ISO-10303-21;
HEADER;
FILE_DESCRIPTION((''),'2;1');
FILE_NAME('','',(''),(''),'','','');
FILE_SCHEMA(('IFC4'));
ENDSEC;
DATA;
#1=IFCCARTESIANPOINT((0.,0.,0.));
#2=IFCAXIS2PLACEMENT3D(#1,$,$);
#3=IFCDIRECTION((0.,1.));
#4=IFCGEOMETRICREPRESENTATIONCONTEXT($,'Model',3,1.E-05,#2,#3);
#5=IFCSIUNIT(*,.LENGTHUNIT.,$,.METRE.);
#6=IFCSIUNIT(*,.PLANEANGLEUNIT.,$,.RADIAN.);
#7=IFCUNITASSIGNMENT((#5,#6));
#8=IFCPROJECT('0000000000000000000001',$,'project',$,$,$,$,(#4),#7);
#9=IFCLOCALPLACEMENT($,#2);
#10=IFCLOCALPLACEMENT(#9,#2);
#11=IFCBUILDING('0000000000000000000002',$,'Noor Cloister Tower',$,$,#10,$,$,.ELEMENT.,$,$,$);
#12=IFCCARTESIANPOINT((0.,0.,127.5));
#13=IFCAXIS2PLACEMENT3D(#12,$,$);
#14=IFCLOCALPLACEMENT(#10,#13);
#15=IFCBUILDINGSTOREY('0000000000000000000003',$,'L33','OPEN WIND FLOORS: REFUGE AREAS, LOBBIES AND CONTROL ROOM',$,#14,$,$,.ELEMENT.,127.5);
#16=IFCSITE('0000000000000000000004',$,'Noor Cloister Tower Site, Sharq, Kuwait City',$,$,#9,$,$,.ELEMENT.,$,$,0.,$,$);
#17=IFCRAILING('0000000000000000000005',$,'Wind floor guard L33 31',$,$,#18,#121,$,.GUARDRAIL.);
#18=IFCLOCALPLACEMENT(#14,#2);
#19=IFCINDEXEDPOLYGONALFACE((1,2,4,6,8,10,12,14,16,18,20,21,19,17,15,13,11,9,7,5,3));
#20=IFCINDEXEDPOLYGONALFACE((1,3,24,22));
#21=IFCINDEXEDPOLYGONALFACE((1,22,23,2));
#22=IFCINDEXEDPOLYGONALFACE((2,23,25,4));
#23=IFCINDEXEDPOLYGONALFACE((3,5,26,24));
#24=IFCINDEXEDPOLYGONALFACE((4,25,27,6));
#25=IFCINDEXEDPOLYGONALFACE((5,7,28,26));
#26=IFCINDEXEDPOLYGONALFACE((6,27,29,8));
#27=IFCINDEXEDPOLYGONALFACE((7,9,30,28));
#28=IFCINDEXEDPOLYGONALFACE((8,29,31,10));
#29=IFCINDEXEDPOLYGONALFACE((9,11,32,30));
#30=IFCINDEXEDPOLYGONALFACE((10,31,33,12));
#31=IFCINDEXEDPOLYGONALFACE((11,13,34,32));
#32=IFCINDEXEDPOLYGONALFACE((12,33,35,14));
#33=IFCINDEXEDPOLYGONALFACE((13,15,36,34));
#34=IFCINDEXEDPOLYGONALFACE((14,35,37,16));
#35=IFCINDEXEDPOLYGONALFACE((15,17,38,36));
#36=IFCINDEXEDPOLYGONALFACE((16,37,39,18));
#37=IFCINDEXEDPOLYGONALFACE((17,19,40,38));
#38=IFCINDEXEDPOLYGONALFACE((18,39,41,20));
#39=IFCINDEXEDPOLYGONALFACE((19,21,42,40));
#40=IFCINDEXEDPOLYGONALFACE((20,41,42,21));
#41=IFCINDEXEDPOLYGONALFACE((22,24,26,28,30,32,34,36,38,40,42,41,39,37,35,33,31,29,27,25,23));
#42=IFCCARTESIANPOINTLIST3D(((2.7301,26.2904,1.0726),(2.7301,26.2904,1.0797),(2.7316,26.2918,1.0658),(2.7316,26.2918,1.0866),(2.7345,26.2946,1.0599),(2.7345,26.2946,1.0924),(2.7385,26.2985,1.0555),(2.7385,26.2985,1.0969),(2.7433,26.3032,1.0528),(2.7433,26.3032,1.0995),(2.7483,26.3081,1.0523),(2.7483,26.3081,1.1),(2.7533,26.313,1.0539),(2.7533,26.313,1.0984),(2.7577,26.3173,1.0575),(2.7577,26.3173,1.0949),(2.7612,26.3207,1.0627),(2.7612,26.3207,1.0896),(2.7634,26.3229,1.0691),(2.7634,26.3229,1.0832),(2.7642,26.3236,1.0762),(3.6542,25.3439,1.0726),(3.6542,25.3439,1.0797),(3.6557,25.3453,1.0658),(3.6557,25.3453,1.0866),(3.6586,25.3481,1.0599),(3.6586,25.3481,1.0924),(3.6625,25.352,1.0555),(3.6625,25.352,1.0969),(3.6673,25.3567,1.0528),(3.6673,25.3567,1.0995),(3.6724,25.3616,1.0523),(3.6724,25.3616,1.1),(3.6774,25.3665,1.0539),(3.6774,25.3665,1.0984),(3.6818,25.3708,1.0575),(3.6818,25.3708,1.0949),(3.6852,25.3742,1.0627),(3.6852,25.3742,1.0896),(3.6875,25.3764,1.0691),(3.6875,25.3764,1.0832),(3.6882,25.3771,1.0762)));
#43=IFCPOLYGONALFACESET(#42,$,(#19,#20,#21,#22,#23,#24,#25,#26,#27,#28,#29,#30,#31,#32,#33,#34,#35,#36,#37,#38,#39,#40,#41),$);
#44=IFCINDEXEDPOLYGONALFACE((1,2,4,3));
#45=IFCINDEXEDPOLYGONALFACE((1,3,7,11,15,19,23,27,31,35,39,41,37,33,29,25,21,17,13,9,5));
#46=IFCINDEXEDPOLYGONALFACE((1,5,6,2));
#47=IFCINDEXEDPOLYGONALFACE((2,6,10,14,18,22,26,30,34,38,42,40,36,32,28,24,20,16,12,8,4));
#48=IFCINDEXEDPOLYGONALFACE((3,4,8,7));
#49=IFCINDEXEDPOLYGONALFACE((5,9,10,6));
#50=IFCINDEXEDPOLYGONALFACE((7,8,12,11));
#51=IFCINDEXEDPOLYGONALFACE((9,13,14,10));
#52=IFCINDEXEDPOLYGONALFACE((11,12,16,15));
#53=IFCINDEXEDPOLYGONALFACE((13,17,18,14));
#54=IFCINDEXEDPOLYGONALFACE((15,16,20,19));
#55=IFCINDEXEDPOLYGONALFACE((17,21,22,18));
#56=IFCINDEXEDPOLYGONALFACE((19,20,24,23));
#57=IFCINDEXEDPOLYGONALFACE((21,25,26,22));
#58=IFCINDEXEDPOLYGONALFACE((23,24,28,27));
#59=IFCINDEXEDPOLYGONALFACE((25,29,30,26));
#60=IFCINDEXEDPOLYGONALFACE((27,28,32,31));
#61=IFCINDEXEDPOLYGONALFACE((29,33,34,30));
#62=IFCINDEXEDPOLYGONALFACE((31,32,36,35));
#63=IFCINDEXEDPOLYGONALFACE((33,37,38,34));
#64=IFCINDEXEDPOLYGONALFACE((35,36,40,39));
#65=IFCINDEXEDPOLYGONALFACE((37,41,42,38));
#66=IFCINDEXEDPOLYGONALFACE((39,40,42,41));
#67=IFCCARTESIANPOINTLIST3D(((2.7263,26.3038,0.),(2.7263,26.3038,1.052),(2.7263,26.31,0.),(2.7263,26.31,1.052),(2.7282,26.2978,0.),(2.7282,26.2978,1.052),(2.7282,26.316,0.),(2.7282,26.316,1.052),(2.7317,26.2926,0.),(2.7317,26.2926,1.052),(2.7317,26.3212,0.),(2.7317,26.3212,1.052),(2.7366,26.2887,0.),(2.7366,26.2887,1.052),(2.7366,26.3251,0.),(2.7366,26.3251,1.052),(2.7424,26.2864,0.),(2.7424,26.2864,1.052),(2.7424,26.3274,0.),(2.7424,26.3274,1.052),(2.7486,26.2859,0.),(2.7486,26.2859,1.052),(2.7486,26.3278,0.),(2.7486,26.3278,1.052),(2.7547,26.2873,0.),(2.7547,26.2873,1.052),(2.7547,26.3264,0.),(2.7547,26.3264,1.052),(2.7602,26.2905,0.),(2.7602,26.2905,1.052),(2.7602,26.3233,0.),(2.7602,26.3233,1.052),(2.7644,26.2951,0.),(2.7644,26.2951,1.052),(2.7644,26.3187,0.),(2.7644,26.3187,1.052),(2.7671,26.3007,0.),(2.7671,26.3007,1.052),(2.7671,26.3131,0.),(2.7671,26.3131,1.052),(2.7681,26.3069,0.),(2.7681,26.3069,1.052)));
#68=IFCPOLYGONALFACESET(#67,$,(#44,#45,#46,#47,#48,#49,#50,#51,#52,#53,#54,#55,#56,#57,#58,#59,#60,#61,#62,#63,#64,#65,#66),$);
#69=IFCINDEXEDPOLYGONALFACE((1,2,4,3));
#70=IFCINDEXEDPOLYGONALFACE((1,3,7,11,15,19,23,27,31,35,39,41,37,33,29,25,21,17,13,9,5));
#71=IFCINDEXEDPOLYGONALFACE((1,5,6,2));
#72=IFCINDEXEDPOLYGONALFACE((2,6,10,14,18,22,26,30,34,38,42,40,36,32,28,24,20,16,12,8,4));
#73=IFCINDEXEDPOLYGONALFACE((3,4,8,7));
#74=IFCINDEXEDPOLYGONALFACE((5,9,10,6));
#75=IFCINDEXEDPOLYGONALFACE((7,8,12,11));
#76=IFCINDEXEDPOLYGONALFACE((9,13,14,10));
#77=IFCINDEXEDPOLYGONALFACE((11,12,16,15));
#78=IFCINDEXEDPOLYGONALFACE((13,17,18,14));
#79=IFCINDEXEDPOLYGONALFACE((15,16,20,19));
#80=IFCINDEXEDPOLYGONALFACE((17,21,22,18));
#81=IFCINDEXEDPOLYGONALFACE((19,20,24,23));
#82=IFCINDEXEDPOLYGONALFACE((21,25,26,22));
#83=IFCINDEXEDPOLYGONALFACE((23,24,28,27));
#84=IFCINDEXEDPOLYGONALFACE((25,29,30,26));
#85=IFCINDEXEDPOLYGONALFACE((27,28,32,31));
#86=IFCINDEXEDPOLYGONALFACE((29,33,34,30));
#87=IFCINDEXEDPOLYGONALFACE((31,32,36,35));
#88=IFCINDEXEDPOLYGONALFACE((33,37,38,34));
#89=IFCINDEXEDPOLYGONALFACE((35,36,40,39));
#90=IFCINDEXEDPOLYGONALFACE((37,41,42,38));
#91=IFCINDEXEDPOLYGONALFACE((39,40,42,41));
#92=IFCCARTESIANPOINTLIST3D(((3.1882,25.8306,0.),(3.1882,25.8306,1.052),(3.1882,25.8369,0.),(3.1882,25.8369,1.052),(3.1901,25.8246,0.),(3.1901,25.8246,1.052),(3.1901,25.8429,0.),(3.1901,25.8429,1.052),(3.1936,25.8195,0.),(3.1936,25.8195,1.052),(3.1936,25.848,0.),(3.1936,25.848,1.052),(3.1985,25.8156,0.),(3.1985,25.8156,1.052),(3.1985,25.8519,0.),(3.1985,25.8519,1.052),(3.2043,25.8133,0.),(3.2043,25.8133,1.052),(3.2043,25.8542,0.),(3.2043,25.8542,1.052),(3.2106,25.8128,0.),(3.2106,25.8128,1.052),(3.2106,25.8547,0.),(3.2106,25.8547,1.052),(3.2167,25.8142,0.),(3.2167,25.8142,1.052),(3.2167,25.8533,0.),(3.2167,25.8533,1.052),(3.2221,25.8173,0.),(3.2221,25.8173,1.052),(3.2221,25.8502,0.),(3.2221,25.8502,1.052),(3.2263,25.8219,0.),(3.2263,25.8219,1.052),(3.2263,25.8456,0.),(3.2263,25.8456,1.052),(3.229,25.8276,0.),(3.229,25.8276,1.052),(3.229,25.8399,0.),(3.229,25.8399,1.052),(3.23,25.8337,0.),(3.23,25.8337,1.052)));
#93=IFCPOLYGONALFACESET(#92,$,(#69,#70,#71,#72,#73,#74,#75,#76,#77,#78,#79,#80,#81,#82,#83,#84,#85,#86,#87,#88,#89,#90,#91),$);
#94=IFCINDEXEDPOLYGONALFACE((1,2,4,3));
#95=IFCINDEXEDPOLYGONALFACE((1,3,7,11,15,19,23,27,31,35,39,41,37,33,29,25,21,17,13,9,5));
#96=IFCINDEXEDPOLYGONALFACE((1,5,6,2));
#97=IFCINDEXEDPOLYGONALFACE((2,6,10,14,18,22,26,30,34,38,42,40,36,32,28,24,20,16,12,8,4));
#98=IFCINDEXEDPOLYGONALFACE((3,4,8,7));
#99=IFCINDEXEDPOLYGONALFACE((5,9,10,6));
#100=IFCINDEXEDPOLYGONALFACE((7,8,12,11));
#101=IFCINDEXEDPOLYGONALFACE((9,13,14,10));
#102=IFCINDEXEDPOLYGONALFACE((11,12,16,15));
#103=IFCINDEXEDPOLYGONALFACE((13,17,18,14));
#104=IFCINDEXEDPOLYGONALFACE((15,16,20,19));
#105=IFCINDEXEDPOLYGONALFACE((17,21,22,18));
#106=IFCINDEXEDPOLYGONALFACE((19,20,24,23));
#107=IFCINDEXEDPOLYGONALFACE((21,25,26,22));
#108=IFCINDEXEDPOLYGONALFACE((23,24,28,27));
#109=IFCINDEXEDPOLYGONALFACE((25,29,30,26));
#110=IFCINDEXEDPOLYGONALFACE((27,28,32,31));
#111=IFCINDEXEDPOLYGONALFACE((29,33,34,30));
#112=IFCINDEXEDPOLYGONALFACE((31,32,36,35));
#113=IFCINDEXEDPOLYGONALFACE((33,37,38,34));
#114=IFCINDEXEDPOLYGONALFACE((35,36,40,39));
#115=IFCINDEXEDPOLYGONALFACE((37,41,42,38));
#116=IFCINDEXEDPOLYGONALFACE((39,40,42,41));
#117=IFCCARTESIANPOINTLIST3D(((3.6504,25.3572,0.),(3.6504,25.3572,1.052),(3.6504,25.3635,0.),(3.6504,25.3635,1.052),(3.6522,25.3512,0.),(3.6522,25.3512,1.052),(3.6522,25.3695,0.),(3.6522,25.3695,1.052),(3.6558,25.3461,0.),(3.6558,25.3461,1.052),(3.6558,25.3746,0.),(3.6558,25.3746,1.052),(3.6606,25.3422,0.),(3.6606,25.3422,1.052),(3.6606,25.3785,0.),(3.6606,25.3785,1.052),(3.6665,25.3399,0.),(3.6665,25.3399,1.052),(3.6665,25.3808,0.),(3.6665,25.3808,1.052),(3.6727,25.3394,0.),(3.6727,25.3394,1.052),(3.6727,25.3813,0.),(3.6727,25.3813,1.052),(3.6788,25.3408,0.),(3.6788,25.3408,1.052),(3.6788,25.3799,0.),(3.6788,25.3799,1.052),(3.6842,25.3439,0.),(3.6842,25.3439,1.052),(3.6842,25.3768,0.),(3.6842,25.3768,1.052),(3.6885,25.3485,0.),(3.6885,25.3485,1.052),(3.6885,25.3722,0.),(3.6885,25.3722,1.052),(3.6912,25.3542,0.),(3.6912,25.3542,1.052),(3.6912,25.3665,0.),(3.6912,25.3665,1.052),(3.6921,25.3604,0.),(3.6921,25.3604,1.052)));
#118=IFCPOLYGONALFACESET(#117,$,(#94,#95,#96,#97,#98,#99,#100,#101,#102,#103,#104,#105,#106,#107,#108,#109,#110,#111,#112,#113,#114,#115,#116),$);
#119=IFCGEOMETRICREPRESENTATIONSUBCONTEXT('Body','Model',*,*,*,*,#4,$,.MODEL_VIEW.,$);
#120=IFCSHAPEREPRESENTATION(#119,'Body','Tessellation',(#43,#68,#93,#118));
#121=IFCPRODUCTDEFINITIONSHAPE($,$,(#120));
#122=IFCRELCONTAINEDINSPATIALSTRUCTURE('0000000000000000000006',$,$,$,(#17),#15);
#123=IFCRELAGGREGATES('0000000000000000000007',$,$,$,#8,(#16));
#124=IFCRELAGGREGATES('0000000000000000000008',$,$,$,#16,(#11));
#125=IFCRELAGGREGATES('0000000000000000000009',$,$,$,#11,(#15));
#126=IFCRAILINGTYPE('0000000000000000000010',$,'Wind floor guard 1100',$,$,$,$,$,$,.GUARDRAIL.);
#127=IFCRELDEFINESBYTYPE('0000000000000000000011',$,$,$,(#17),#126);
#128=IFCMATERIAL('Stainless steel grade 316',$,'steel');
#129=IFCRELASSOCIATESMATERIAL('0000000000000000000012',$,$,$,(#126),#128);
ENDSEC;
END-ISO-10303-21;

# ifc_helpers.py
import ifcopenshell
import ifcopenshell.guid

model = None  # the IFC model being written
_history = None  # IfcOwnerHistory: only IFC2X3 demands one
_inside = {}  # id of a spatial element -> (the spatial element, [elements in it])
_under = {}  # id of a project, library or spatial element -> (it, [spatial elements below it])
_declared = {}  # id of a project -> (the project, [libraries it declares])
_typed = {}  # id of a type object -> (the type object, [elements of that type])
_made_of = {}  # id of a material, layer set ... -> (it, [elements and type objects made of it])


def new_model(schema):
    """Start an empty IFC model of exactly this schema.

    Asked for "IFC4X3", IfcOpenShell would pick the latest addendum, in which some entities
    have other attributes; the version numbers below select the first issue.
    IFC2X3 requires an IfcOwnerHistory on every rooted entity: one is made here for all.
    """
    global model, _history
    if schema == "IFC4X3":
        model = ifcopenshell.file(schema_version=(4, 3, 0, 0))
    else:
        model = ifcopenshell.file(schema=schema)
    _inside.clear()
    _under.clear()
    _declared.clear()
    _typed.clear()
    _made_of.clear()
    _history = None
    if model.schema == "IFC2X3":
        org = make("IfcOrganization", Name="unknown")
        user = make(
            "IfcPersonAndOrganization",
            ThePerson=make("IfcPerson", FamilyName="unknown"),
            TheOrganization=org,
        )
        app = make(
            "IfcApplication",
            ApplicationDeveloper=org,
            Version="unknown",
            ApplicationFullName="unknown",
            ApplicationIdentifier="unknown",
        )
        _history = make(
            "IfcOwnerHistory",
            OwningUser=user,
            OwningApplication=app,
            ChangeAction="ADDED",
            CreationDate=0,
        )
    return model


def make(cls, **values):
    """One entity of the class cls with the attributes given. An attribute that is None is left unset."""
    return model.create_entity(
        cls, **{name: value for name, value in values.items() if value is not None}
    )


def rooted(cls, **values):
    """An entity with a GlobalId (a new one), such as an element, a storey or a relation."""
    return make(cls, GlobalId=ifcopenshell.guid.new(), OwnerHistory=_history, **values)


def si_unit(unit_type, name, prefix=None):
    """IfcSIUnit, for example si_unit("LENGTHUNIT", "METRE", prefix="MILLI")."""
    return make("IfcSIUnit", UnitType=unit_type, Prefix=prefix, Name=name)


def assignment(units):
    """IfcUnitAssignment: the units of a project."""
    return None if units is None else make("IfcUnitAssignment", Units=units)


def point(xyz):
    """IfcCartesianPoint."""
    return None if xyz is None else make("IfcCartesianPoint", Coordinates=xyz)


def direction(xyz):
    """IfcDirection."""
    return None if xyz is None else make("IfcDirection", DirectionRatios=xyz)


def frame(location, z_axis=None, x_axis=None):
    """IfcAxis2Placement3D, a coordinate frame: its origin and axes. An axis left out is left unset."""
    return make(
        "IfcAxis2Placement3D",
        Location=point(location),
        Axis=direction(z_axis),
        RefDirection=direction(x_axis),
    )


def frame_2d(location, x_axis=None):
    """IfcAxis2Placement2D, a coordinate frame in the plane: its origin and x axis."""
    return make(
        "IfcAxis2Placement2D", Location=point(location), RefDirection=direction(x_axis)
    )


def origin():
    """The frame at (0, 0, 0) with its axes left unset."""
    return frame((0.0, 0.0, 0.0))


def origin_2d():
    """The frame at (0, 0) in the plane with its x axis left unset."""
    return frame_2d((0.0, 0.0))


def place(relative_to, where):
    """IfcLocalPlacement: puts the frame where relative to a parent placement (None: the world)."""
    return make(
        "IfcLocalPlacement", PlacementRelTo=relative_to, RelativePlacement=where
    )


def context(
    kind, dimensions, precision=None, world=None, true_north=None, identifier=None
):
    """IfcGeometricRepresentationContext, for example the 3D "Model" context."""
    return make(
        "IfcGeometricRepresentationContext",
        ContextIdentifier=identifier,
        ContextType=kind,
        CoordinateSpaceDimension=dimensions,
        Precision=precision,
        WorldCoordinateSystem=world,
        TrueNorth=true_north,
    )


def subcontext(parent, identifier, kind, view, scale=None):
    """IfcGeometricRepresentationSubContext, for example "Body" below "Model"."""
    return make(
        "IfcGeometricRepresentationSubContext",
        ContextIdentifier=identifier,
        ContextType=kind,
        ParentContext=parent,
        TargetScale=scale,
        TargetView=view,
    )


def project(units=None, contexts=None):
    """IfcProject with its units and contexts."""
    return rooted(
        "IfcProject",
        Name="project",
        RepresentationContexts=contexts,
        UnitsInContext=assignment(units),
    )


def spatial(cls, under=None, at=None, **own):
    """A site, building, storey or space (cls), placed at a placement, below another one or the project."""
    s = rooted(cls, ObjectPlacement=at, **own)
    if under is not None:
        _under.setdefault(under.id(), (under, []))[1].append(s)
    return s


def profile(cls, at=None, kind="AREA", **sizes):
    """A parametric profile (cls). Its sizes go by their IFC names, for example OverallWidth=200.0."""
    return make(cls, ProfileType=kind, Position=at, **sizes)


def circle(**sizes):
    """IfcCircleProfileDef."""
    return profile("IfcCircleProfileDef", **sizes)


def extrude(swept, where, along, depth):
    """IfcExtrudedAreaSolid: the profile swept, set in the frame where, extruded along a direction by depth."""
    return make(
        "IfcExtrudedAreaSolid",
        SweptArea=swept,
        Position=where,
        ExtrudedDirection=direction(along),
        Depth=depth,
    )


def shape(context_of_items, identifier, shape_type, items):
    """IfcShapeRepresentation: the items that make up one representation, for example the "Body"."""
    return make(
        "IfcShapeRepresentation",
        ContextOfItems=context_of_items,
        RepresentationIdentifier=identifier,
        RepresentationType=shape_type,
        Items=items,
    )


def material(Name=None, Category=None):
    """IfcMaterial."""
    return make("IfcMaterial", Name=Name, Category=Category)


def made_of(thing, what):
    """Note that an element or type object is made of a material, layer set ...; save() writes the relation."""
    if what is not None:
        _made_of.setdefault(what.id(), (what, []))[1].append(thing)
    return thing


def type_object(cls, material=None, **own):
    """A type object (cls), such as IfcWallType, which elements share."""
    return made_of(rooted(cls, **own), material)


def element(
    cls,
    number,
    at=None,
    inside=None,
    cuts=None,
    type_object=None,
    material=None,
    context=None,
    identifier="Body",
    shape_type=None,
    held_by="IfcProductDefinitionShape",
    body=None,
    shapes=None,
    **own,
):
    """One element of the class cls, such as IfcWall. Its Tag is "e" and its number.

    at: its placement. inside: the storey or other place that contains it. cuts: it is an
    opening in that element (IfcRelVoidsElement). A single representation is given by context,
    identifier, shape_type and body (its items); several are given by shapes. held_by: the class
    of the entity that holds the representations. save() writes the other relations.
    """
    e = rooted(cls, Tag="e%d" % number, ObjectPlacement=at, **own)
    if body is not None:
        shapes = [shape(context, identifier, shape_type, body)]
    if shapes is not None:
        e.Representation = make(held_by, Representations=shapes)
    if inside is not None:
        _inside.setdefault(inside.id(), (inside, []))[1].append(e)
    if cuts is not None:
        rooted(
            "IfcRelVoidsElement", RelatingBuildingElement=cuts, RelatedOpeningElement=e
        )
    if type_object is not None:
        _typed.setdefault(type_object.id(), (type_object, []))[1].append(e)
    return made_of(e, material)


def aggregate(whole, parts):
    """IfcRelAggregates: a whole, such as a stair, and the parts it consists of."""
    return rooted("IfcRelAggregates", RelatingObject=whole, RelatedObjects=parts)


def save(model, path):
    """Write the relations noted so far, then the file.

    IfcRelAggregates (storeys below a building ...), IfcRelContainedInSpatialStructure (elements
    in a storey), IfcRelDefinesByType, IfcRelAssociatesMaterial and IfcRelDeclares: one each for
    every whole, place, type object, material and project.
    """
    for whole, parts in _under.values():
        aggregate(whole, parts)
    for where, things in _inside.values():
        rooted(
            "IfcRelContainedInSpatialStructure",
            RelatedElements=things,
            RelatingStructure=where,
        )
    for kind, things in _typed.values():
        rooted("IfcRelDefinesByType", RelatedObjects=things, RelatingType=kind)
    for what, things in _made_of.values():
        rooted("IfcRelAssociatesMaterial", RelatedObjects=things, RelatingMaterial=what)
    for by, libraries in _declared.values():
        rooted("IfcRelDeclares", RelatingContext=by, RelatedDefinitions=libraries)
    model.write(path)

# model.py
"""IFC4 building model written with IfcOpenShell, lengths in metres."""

from ifc_helpers import new_model, si_unit, direction, frame, origin, origin_2d, place, context, subcontext, project, spatial, circle, extrude, material, type_object, element, save


model = new_model("IFC4")

# Units and contexts
model_context = context("Model", 3, precision=1e-05, world=origin(), true_north=direction((0.0, 1.0)))
body_context = subcontext(model_context, "Body", "Model", "MODEL_VIEW")
ifc_project = project(units=[si_unit("LENGTHUNIT", "METRE"), si_unit("PLANEANGLEUNIT", "RADIAN")], contexts=[model_context])

# Site, building, storey
site_placement = place(None, origin())
site = spatial("IfcSite", under=ifc_project, at=site_placement, Name="Noor Cloister Tower Site, Sharq, Kuwait City", CompositionType="ELEMENT", RefElevation=0.0)
building_placement = place(site_placement, origin())
building = spatial("IfcBuilding", under=site, at=building_placement, Name="Noor Cloister Tower", CompositionType="ELEMENT")
storey_placement = place(building_placement, frame((0.0, 0.0, 127.5)))
storey = spatial("IfcBuildingStorey", under=building, at=storey_placement, Name="L33", Description="OPEN WIND FLOORS: REFUGE AREAS, LOBBIES AND CONTROL ROOM", CompositionType="ELEMENT", Elevation=127.5)

# Railing
ifc_material_1 = material(Name="Stainless steel grade 316", Category="steel")
railing_type_1 = type_object("IfcRailingType", Name="Wind floor guard 1100", PredefinedType="GUARDRAIL", material=ifc_material_1)
railing_1_placement = place(storey_placement, frame((2.7471, 26.3069, 0.0)))
element("IfcRailing", 1, at=railing_1_placement, inside=storey, type_object=railing_type_1, Name="Wind floor guard L33 31", PredefinedType="GUARDRAIL", context=body_context, shape_type="SweptSolid", body=[
    extrude(circle(Radius=0.0239, at=origin_2d()), frame((0.0, 0.0, 1.0762), z_axis=(0.698566, -0.715546, 0.0), x_axis=(0.715546, 0.698566, 0.0)), (0.0, 0.0, 1.0), 1.3228),
    extrude(circle(Radius=0.021, at=origin_2d()), origin(), (0.0, 0.0, 1.0), 1.052),
    extrude(circle(Radius=0.021, at=origin_2d()), frame((0.4619, -0.4731, 0.0)), (0.0, 0.0, 1.0), 1.052),
    extrude(circle(Radius=0.021, at=origin_2d()), frame((0.9241, -0.9465, 0.0)), (0.0, 0.0, 1.0), 1.052),
])

save(model, "model.ifc")
